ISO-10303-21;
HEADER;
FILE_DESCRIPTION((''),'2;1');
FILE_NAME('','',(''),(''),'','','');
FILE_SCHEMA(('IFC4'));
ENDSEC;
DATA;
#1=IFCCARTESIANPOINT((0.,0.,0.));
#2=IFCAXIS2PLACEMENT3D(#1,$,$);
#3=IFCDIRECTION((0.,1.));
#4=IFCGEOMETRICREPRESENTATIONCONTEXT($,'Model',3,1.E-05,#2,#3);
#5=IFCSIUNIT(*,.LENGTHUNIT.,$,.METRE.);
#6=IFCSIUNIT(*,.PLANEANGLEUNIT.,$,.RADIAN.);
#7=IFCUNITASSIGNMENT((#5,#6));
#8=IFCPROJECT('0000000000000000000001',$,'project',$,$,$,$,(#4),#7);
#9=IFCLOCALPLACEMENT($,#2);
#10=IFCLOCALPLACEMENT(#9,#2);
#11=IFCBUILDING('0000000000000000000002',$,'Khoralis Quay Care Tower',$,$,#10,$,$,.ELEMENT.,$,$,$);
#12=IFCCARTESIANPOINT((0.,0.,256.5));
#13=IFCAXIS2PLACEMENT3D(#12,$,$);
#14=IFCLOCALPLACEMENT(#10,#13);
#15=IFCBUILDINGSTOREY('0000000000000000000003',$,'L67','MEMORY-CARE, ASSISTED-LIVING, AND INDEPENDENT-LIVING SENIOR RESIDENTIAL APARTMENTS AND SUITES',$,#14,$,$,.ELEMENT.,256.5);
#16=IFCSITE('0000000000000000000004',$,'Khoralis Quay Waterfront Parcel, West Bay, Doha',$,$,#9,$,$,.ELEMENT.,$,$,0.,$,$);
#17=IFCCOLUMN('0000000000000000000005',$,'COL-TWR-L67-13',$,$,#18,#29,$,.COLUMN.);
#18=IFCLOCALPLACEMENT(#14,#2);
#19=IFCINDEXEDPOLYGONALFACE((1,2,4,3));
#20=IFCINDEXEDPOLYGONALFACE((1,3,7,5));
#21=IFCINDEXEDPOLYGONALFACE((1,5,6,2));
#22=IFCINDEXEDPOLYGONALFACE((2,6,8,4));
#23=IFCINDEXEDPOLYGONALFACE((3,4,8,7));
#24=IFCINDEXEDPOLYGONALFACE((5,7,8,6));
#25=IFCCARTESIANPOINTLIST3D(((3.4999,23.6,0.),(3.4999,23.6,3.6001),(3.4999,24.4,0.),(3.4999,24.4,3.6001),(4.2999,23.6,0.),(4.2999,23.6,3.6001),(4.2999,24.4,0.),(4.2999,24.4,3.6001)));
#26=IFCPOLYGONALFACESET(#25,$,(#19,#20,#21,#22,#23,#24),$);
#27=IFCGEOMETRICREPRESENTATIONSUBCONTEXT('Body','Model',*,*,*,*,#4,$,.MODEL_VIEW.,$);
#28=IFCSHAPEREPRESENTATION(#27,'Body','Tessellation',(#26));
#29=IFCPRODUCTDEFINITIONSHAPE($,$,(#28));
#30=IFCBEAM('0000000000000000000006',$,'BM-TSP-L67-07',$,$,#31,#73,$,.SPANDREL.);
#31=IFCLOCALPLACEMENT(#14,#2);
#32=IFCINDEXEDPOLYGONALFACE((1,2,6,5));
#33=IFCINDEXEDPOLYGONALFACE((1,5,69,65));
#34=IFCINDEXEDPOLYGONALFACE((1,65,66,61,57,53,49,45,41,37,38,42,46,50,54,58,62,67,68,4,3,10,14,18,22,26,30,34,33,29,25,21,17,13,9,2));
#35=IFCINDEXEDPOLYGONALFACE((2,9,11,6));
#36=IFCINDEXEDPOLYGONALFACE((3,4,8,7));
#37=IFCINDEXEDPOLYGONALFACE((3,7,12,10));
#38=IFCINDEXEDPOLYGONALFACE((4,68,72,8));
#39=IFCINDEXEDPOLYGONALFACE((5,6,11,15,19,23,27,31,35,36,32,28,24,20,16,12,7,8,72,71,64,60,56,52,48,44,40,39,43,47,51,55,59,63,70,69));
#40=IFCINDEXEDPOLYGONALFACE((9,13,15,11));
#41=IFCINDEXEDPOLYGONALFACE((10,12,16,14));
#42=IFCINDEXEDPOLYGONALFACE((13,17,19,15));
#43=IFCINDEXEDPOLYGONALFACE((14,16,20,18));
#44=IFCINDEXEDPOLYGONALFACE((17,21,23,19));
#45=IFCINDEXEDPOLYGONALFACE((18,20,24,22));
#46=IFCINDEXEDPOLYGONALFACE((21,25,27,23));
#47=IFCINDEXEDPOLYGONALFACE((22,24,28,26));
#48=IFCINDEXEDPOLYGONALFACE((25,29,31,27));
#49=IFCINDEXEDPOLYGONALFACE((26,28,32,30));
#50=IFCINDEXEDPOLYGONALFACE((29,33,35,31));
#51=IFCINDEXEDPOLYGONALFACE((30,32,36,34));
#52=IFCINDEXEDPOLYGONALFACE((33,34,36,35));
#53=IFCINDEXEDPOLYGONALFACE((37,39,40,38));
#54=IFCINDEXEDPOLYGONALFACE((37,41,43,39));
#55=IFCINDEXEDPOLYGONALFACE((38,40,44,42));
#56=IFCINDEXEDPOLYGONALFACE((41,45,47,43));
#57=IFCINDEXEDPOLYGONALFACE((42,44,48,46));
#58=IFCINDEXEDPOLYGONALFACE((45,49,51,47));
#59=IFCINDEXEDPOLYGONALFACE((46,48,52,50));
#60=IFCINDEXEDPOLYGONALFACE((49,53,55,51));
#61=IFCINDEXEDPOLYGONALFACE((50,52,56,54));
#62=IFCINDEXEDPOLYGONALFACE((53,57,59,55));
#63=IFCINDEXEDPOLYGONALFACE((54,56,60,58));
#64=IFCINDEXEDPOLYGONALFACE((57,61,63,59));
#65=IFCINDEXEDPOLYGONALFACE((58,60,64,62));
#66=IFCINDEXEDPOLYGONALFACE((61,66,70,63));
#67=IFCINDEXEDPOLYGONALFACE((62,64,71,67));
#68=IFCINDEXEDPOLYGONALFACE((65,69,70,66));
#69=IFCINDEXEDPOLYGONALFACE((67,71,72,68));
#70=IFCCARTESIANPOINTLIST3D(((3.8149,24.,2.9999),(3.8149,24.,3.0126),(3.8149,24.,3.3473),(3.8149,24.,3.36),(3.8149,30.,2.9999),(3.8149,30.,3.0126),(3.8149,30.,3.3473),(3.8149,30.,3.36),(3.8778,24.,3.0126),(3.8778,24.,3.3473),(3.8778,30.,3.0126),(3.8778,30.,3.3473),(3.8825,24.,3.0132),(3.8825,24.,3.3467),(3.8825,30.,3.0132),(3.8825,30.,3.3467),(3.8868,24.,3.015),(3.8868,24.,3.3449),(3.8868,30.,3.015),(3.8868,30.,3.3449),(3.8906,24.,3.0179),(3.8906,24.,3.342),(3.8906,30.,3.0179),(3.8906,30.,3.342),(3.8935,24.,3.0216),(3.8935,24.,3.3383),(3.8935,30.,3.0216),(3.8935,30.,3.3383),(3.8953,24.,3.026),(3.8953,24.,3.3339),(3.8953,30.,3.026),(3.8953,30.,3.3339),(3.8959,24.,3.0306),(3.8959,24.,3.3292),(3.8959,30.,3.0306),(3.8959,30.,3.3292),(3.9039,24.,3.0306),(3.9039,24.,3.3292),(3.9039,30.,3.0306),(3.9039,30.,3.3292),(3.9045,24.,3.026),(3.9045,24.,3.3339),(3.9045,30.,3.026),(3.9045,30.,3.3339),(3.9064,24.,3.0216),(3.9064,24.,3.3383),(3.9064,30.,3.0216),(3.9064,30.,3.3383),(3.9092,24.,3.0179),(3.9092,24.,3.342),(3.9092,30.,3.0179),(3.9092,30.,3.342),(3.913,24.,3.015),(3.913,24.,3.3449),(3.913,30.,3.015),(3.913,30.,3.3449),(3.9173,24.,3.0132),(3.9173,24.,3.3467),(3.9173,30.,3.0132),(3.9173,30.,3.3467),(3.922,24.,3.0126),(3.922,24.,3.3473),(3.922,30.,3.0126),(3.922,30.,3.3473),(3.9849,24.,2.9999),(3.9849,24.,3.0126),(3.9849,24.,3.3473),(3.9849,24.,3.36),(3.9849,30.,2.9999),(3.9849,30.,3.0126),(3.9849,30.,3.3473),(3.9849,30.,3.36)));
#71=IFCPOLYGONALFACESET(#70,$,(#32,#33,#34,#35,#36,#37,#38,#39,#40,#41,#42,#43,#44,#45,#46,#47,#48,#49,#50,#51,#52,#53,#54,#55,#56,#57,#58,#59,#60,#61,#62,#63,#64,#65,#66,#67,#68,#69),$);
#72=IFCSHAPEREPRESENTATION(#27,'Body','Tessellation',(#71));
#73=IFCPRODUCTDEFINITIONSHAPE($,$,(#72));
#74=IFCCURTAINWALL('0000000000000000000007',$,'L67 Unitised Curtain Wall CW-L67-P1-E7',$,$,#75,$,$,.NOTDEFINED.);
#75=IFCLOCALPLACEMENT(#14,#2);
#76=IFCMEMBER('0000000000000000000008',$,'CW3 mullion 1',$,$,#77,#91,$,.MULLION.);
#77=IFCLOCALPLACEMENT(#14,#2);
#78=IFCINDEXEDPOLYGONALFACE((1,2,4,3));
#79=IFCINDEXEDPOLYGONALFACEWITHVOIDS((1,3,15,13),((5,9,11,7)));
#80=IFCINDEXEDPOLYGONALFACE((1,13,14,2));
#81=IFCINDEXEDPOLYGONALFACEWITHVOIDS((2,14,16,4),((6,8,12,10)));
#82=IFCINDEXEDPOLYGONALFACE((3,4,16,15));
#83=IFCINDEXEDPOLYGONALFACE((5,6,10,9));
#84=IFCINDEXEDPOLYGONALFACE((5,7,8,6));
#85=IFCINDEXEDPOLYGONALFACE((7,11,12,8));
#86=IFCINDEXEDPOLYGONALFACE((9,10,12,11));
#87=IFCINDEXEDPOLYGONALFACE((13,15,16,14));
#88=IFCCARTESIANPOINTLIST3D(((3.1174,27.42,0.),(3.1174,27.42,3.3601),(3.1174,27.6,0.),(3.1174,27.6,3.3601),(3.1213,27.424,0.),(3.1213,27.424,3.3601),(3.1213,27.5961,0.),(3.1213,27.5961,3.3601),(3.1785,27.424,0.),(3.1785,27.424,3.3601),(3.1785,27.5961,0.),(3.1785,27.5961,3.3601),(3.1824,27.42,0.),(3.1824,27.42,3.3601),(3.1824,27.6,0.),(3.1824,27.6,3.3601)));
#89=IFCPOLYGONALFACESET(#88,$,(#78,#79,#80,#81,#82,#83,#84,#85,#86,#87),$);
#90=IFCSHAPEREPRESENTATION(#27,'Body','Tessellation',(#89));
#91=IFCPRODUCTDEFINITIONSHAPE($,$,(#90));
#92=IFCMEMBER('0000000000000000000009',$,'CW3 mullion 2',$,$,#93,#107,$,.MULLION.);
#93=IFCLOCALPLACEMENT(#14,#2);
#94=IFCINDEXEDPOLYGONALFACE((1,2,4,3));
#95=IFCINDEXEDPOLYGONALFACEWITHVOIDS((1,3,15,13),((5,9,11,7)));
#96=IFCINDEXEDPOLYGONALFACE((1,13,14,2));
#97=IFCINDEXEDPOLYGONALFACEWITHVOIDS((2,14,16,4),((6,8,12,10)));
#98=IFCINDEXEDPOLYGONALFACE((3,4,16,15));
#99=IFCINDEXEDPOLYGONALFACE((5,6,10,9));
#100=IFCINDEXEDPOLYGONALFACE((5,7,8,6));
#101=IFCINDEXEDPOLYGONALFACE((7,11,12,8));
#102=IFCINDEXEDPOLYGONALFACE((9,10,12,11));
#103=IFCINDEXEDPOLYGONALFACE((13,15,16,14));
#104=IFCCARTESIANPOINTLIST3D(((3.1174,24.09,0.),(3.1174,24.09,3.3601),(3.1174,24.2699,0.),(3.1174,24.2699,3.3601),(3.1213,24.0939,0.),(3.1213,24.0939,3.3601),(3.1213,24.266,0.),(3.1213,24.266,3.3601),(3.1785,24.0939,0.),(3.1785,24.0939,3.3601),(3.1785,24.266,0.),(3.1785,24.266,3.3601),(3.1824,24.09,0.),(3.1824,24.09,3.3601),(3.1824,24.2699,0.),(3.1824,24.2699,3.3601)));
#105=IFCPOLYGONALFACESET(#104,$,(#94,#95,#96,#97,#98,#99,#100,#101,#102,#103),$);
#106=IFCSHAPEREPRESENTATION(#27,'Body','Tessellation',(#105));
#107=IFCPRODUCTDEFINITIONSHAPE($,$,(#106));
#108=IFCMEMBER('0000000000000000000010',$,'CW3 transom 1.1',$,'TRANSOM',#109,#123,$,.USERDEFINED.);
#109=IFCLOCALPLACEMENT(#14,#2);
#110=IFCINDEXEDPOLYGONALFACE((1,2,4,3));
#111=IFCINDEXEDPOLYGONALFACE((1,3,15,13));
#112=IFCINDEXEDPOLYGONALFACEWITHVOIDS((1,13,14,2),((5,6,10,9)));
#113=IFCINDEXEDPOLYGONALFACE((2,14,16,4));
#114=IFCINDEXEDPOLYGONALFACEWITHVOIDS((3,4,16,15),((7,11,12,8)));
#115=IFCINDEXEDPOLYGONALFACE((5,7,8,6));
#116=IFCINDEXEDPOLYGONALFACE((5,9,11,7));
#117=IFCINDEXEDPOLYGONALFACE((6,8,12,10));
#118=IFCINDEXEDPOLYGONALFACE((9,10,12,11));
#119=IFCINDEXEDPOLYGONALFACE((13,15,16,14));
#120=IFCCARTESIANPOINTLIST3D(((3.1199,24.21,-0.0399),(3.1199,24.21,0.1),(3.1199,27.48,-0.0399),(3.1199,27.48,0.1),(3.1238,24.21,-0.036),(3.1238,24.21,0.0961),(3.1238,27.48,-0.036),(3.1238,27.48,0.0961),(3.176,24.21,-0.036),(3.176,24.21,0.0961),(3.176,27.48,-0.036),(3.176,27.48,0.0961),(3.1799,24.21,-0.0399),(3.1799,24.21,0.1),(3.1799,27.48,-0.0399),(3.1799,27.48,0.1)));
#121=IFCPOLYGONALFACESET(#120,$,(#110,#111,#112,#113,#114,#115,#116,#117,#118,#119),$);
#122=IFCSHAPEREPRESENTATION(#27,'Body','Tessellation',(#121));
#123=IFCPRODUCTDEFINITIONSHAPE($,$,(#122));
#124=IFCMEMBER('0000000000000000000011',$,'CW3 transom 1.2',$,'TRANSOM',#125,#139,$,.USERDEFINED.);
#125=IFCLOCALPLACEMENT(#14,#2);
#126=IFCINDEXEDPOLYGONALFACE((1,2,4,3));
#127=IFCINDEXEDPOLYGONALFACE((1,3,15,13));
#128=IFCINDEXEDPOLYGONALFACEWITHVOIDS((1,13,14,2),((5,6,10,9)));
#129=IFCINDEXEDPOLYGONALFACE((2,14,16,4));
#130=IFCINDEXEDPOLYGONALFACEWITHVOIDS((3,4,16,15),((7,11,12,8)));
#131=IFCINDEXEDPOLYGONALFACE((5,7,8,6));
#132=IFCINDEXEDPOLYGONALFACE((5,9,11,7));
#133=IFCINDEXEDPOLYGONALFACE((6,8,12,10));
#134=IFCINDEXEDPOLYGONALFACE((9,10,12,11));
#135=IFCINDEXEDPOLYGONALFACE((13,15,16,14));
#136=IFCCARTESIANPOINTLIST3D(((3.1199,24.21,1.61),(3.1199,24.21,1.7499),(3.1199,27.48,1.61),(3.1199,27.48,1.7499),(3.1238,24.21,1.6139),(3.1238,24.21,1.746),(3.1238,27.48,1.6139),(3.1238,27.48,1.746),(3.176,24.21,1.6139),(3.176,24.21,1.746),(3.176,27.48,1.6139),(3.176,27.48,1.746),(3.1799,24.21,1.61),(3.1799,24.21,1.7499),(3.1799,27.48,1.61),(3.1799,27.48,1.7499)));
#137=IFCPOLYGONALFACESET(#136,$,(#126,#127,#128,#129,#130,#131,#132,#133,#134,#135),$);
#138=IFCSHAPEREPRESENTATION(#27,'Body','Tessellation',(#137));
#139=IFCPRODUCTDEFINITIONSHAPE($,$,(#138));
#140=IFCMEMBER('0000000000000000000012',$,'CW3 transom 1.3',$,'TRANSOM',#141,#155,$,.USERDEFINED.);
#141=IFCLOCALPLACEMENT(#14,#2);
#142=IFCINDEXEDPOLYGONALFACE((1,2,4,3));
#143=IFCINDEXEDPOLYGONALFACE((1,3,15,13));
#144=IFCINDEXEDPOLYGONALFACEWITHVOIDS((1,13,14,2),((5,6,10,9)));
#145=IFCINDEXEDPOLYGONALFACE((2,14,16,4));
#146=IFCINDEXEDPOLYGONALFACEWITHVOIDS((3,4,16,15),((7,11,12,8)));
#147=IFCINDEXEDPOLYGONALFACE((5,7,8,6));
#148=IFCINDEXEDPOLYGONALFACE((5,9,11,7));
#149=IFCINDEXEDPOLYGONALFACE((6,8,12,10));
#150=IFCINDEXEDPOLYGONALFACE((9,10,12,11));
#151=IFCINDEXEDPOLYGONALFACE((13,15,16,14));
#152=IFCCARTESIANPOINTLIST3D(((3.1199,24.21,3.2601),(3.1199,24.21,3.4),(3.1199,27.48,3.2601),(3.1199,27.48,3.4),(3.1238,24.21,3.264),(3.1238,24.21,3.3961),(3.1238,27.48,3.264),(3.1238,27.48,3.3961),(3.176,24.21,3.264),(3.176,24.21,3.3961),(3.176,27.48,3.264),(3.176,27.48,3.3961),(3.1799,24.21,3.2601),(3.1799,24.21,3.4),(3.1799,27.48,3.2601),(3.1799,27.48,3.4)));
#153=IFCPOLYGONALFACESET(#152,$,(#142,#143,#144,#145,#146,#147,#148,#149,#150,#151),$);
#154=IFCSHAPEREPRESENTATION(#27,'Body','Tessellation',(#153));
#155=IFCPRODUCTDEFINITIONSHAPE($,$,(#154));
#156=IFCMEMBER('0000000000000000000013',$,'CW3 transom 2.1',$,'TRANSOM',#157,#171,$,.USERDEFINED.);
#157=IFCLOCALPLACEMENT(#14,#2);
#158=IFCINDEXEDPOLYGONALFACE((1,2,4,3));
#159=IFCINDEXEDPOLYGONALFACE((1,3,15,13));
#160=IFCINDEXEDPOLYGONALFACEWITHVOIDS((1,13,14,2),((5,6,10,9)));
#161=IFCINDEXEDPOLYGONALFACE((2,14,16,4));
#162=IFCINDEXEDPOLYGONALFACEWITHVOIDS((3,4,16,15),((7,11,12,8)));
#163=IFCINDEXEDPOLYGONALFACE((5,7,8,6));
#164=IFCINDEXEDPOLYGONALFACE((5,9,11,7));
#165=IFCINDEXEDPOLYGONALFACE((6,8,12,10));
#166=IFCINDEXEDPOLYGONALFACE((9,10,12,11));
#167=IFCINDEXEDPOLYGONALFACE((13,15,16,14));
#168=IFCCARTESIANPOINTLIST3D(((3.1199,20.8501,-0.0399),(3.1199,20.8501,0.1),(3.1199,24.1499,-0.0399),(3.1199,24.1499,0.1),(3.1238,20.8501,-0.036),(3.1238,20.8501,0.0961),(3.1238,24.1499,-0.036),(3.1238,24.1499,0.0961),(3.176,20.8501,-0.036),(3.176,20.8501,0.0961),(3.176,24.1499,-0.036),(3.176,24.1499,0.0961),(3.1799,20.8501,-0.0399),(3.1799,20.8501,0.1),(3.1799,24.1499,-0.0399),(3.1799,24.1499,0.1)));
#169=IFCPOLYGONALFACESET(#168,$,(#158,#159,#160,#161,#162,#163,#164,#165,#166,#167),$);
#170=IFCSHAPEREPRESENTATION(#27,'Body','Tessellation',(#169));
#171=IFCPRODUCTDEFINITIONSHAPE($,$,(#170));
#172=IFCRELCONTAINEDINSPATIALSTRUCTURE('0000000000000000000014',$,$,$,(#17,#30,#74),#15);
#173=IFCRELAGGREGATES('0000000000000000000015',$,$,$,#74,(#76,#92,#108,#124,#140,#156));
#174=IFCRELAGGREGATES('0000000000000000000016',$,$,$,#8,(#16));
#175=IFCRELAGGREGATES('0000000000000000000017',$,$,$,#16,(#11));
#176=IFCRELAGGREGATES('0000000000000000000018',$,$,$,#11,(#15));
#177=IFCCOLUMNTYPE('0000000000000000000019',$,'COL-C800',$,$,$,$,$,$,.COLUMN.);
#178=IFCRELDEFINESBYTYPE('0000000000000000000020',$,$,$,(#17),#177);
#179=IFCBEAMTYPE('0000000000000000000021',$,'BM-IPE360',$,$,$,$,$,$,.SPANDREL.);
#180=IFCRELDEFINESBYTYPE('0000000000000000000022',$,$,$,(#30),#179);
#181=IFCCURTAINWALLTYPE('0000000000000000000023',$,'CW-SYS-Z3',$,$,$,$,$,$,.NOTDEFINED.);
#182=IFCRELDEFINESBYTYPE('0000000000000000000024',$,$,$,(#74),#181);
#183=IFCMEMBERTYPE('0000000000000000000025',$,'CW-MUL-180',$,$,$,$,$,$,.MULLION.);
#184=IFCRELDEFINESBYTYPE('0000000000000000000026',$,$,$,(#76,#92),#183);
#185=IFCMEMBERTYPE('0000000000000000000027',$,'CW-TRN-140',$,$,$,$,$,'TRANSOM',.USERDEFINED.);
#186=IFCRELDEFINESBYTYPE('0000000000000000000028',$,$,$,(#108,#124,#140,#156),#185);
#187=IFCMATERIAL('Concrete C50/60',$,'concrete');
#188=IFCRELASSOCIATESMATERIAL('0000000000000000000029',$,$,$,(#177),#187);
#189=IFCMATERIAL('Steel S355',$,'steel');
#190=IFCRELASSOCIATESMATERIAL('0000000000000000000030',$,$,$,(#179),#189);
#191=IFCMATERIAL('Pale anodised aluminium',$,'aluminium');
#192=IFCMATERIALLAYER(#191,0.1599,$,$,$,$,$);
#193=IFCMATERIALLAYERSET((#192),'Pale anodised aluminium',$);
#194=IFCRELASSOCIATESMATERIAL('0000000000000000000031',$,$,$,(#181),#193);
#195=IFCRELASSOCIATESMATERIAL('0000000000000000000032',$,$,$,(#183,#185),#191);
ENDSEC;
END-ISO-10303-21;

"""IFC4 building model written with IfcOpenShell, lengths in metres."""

from ifc_helpers import new_model, si_unit, direction, frame, origin, origin_2d, place, context, subcontext, project, spatial, rectangle, hollow_rectangle, i_section, extrude, source, transform, mapped, material, layer, layer_set, material_profile, profile_set, type_object, element, aggregate, save


model = new_model("IFC4")

# Units and contexts
model_context = context("Model", 3, precision=1e-05, world=origin(), true_north=direction((0.0, 1.0)))
body_context = subcontext(model_context, "Body", "Model", "MODEL_VIEW")
ifc_project = project(units=[si_unit("LENGTHUNIT", "METRE"), si_unit("PLANEANGLEUNIT", "RADIAN")], contexts=[model_context])

# Site, building, storey
site_placement = place(None, origin())
site = spatial("IfcSite", under=ifc_project, at=site_placement, Name="Khoralis Quay Waterfront Parcel, West Bay, Doha", CompositionType="ELEMENT", RefElevation=0.0)
building_placement = place(site_placement, origin())
building = spatial("IfcBuilding", under=site, at=building_placement, Name="Khoralis Quay Care Tower", CompositionType="ELEMENT")
storey_placement = place(building_placement, frame((0.0, 0.0, 256.5)))
storey = spatial("IfcBuildingStorey", under=building, at=storey_placement, Name="L67", Description="MEMORY-CARE, ASSISTED-LIVING, AND INDEPENDENT-LIVING SENIOR RESIDENTIAL APARTMENTS AND SUITES", CompositionType="ELEMENT", Elevation=256.5)

# Column
ifc_material_1 = material(Name="Concrete C50/60", Category="concrete")
ifc_material_profile_1 = material_profile(ifc_material_1, rectangle(XDim=0.8, YDim=0.8, at=origin_2d()), Name="Concrete C50/60")
ifc_profile_set_1 = profile_set([ifc_material_profile_1], Name="Concrete C50/60")
column_type = type_object("IfcColumnType", Name="COL-C800", PredefinedType="COLUMN", material=ifc_profile_set_1)
shared_shape_1 = source(origin(), body_context, "Body", "SweptSolid", [
    extrude(rectangle(XDim=0.8, YDim=0.8, at=origin_2d()), origin(), (0.0, 0.0, 1.0), 3.6001),
])
column_placement = place(storey_placement, frame((3.8999, 24.0, 0.0), z_axis=(0.0, 0.0, 1.0), x_axis=(1.0, 0.0, 0.0)))
element("IfcColumn", 1, at=column_placement, inside=storey, type_object=column_type, Name="COL-TWR-L67-13", PredefinedType="COLUMN", context=body_context, shape_type="MappedRepresentation", body=[
    mapped(shared_shape_1, transform((0.0, 0.0, 0.0), scale=1.0)),
])

# Beam
ifc_material_2 = material(Name="Steel S355", Category="steel")
ifc_material_profile_2 = material_profile(ifc_material_2, i_section(OverallWidth=0.1699, OverallDepth=0.3601, WebThickness=0.0081, FlangeThickness=0.0127, FilletRadius=0.0181, at=origin_2d()), Name="Steel S355")
ifc_profile_set_2 = profile_set([ifc_material_profile_2], Name="Steel S355")
beam_type = type_object("IfcBeamType", Name="BM-IPE360", PredefinedType="SPANDREL", material=ifc_profile_set_2)
shared_shape_2 = source(origin(), body_context, "Body", "SweptSolid", [
    extrude(i_section(OverallWidth=0.1699, OverallDepth=0.3601, WebThickness=0.0081, FlangeThickness=0.0127, FilletRadius=0.0181, at=origin_2d()), origin(), (0.0, 0.0, 1.0), 6.0),
])
beam_placement = place(storey_placement, frame((3.8999, 24.0, 3.1799), z_axis=(0.0, 1.0, 0.0), x_axis=(-1.0, 0.0, 0.0)))
element("IfcBeam", 2, at=beam_placement, inside=storey, type_object=beam_type, Name="BM-TSP-L67-07", PredefinedType="SPANDREL", context=body_context, shape_type="MappedRepresentation", body=[
    mapped(shared_shape_2, transform((0.0, 0.0, 0.0), scale=1.0)),
])

# Curtain wall, members
ifc_material_3 = material(Name="Pale anodised aluminium", Category="aluminium")
ifc_layer_1 = layer(ifc_material_3, 0.1599)
ifc_layer_set_1 = layer_set([ifc_layer_1], Name="Pale anodised aluminium")
curtain_wall_type = type_object("IfcCurtainWallType", Name="CW-SYS-Z3", PredefinedType="NOTDEFINED", material=ifc_layer_set_1)
curtain_wall_placement = place(storey_placement, origin())
curtain_wall = element("IfcCurtainWall", 3, at=curtain_wall_placement, inside=storey, type_object=curtain_wall_type, Name="L67 Unitised Curtain Wall CW-L67-P1-E7", PredefinedType="NOTDEFINED")
ifc_material_profile_3 = material_profile(ifc_material_3, hollow_rectangle(XDim=0.0649, YDim=0.1799, WallThickness=0.0039, at=origin_2d()), Name="Pale anodised aluminium")
ifc_profile_set_3 = profile_set([ifc_material_profile_3], Name="Pale anodised aluminium")
member_type_1 = type_object("IfcMemberType", Name="CW-MUL-180", PredefinedType="MULLION", material=ifc_profile_set_3)
shared_shape_3 = source(origin(), body_context, "Body", "SweptSolid", [
    extrude(hollow_rectangle(XDim=0.0649, YDim=0.1799, WallThickness=0.0039, at=origin_2d()), origin(), (0.0, 0.0, 1.0), 3.3601),
])
member_1_placement = place(storey_placement, frame((3.1499, 27.51, 0.0), z_axis=(0.0, 0.0, 1.0), x_axis=(1.0, 0.0, 0.0)))
member_1 = element("IfcMember", 4, at=member_1_placement, type_object=member_type_1, Name="CW3 mullion 1", PredefinedType="MULLION", context=body_context, shape_type="MappedRepresentation", body=[
    mapped(shared_shape_3, transform((0.0, 0.0, 0.0), scale=1.0)),
])
member_2_placement = place(storey_placement, frame((3.1499, 24.1799, 0.0), z_axis=(0.0, 0.0, 1.0), x_axis=(1.0, 0.0, 0.0)))
member_2 = element("IfcMember", 5, at=member_2_placement, type_object=member_type_1, Name="CW3 mullion 2", PredefinedType="MULLION", context=body_context, shape_type="MappedRepresentation", body=[
    mapped(shared_shape_3, transform((0.0, 0.0, 0.0), scale=1.0)),
])
ifc_material_profile_4 = material_profile(ifc_material_3, hollow_rectangle(XDim=0.0601, YDim=0.1399, WallThickness=0.0039, at=origin_2d()), Name="Pale anodised aluminium")
ifc_profile_set_4 = profile_set([ifc_material_profile_4], Name="Pale anodised aluminium")
member_type_2 = type_object("IfcMemberType", Name="CW-TRN-140", ElementType="TRANSOM", PredefinedType="USERDEFINED", material=ifc_profile_set_4)
shared_shape_4 = source(origin(), body_context, "Body", "SweptSolid", [
    extrude(hollow_rectangle(XDim=0.0601, YDim=0.1399, WallThickness=0.0039, at=origin_2d()), origin(), (0.0, 0.0, 1.0), 3.27),
])
member_3_placement = place(storey_placement, frame((3.1499, 27.48, 0.03), z_axis=(0.0, -1.0, 0.0), x_axis=(1.0, 0.0, 0.0)))
member_3 = element("IfcMember", 6, at=member_3_placement, type_object=member_type_2, Name="CW3 transom 1.1", ObjectType="TRANSOM", PredefinedType="USERDEFINED", context=body_context, shape_type="MappedRepresentation", body=[
    mapped(shared_shape_4, transform((0.0, 0.0, 0.0), scale=1.0)),
])
member_4_placement = place(storey_placement, frame((3.1499, 27.48, 1.6799), z_axis=(0.0, -1.0, 0.0), x_axis=(1.0, 0.0, 0.0)))
member_4 = element("IfcMember", 7, at=member_4_placement, type_object=member_type_2, Name="CW3 transom 1.2", ObjectType="TRANSOM", PredefinedType="USERDEFINED", context=body_context, shape_type="MappedRepresentation", body=[
    mapped(shared_shape_4, transform((0.0, 0.0, 0.0), scale=1.0)),
])
member_5_placement = place(storey_placement, frame((3.1499, 27.48, 3.3301), z_axis=(0.0, -1.0, 0.0), x_axis=(1.0, 0.0, 0.0)))
member_5 = element("IfcMember", 8, at=member_5_placement, type_object=member_type_2, Name="CW3 transom 1.3", ObjectType="TRANSOM", PredefinedType="USERDEFINED", context=body_context, shape_type="MappedRepresentation", body=[
    mapped(shared_shape_4, transform((0.0, 0.0, 0.0), scale=1.0)),
])
shared_shape_5 = source(origin(), body_context, "Body", "SweptSolid", [
    extrude(hollow_rectangle(XDim=0.0601, YDim=0.1399, WallThickness=0.0039, at=origin_2d()), origin(), (0.0, 0.0, 1.0), 3.2998),
])
member_6_placement = place(storey_placement, frame((3.1499, 24.1499, 0.03), z_axis=(0.0, -1.0, 0.0), x_axis=(1.0, 0.0, 0.0)))
member_6 = element("IfcMember", 9, at=member_6_placement, type_object=member_type_2, Name="CW3 transom 2.1", ObjectType="TRANSOM", PredefinedType="USERDEFINED", context=body_context, shape_type="MappedRepresentation", body=[
    mapped(shared_shape_5, transform((0.0, 0.0, 0.0), scale=1.0)),
])
aggregate(curtain_wall, [member_1, member_2, member_3, member_4, member_5, member_6])

save(model, "model.ifc")
